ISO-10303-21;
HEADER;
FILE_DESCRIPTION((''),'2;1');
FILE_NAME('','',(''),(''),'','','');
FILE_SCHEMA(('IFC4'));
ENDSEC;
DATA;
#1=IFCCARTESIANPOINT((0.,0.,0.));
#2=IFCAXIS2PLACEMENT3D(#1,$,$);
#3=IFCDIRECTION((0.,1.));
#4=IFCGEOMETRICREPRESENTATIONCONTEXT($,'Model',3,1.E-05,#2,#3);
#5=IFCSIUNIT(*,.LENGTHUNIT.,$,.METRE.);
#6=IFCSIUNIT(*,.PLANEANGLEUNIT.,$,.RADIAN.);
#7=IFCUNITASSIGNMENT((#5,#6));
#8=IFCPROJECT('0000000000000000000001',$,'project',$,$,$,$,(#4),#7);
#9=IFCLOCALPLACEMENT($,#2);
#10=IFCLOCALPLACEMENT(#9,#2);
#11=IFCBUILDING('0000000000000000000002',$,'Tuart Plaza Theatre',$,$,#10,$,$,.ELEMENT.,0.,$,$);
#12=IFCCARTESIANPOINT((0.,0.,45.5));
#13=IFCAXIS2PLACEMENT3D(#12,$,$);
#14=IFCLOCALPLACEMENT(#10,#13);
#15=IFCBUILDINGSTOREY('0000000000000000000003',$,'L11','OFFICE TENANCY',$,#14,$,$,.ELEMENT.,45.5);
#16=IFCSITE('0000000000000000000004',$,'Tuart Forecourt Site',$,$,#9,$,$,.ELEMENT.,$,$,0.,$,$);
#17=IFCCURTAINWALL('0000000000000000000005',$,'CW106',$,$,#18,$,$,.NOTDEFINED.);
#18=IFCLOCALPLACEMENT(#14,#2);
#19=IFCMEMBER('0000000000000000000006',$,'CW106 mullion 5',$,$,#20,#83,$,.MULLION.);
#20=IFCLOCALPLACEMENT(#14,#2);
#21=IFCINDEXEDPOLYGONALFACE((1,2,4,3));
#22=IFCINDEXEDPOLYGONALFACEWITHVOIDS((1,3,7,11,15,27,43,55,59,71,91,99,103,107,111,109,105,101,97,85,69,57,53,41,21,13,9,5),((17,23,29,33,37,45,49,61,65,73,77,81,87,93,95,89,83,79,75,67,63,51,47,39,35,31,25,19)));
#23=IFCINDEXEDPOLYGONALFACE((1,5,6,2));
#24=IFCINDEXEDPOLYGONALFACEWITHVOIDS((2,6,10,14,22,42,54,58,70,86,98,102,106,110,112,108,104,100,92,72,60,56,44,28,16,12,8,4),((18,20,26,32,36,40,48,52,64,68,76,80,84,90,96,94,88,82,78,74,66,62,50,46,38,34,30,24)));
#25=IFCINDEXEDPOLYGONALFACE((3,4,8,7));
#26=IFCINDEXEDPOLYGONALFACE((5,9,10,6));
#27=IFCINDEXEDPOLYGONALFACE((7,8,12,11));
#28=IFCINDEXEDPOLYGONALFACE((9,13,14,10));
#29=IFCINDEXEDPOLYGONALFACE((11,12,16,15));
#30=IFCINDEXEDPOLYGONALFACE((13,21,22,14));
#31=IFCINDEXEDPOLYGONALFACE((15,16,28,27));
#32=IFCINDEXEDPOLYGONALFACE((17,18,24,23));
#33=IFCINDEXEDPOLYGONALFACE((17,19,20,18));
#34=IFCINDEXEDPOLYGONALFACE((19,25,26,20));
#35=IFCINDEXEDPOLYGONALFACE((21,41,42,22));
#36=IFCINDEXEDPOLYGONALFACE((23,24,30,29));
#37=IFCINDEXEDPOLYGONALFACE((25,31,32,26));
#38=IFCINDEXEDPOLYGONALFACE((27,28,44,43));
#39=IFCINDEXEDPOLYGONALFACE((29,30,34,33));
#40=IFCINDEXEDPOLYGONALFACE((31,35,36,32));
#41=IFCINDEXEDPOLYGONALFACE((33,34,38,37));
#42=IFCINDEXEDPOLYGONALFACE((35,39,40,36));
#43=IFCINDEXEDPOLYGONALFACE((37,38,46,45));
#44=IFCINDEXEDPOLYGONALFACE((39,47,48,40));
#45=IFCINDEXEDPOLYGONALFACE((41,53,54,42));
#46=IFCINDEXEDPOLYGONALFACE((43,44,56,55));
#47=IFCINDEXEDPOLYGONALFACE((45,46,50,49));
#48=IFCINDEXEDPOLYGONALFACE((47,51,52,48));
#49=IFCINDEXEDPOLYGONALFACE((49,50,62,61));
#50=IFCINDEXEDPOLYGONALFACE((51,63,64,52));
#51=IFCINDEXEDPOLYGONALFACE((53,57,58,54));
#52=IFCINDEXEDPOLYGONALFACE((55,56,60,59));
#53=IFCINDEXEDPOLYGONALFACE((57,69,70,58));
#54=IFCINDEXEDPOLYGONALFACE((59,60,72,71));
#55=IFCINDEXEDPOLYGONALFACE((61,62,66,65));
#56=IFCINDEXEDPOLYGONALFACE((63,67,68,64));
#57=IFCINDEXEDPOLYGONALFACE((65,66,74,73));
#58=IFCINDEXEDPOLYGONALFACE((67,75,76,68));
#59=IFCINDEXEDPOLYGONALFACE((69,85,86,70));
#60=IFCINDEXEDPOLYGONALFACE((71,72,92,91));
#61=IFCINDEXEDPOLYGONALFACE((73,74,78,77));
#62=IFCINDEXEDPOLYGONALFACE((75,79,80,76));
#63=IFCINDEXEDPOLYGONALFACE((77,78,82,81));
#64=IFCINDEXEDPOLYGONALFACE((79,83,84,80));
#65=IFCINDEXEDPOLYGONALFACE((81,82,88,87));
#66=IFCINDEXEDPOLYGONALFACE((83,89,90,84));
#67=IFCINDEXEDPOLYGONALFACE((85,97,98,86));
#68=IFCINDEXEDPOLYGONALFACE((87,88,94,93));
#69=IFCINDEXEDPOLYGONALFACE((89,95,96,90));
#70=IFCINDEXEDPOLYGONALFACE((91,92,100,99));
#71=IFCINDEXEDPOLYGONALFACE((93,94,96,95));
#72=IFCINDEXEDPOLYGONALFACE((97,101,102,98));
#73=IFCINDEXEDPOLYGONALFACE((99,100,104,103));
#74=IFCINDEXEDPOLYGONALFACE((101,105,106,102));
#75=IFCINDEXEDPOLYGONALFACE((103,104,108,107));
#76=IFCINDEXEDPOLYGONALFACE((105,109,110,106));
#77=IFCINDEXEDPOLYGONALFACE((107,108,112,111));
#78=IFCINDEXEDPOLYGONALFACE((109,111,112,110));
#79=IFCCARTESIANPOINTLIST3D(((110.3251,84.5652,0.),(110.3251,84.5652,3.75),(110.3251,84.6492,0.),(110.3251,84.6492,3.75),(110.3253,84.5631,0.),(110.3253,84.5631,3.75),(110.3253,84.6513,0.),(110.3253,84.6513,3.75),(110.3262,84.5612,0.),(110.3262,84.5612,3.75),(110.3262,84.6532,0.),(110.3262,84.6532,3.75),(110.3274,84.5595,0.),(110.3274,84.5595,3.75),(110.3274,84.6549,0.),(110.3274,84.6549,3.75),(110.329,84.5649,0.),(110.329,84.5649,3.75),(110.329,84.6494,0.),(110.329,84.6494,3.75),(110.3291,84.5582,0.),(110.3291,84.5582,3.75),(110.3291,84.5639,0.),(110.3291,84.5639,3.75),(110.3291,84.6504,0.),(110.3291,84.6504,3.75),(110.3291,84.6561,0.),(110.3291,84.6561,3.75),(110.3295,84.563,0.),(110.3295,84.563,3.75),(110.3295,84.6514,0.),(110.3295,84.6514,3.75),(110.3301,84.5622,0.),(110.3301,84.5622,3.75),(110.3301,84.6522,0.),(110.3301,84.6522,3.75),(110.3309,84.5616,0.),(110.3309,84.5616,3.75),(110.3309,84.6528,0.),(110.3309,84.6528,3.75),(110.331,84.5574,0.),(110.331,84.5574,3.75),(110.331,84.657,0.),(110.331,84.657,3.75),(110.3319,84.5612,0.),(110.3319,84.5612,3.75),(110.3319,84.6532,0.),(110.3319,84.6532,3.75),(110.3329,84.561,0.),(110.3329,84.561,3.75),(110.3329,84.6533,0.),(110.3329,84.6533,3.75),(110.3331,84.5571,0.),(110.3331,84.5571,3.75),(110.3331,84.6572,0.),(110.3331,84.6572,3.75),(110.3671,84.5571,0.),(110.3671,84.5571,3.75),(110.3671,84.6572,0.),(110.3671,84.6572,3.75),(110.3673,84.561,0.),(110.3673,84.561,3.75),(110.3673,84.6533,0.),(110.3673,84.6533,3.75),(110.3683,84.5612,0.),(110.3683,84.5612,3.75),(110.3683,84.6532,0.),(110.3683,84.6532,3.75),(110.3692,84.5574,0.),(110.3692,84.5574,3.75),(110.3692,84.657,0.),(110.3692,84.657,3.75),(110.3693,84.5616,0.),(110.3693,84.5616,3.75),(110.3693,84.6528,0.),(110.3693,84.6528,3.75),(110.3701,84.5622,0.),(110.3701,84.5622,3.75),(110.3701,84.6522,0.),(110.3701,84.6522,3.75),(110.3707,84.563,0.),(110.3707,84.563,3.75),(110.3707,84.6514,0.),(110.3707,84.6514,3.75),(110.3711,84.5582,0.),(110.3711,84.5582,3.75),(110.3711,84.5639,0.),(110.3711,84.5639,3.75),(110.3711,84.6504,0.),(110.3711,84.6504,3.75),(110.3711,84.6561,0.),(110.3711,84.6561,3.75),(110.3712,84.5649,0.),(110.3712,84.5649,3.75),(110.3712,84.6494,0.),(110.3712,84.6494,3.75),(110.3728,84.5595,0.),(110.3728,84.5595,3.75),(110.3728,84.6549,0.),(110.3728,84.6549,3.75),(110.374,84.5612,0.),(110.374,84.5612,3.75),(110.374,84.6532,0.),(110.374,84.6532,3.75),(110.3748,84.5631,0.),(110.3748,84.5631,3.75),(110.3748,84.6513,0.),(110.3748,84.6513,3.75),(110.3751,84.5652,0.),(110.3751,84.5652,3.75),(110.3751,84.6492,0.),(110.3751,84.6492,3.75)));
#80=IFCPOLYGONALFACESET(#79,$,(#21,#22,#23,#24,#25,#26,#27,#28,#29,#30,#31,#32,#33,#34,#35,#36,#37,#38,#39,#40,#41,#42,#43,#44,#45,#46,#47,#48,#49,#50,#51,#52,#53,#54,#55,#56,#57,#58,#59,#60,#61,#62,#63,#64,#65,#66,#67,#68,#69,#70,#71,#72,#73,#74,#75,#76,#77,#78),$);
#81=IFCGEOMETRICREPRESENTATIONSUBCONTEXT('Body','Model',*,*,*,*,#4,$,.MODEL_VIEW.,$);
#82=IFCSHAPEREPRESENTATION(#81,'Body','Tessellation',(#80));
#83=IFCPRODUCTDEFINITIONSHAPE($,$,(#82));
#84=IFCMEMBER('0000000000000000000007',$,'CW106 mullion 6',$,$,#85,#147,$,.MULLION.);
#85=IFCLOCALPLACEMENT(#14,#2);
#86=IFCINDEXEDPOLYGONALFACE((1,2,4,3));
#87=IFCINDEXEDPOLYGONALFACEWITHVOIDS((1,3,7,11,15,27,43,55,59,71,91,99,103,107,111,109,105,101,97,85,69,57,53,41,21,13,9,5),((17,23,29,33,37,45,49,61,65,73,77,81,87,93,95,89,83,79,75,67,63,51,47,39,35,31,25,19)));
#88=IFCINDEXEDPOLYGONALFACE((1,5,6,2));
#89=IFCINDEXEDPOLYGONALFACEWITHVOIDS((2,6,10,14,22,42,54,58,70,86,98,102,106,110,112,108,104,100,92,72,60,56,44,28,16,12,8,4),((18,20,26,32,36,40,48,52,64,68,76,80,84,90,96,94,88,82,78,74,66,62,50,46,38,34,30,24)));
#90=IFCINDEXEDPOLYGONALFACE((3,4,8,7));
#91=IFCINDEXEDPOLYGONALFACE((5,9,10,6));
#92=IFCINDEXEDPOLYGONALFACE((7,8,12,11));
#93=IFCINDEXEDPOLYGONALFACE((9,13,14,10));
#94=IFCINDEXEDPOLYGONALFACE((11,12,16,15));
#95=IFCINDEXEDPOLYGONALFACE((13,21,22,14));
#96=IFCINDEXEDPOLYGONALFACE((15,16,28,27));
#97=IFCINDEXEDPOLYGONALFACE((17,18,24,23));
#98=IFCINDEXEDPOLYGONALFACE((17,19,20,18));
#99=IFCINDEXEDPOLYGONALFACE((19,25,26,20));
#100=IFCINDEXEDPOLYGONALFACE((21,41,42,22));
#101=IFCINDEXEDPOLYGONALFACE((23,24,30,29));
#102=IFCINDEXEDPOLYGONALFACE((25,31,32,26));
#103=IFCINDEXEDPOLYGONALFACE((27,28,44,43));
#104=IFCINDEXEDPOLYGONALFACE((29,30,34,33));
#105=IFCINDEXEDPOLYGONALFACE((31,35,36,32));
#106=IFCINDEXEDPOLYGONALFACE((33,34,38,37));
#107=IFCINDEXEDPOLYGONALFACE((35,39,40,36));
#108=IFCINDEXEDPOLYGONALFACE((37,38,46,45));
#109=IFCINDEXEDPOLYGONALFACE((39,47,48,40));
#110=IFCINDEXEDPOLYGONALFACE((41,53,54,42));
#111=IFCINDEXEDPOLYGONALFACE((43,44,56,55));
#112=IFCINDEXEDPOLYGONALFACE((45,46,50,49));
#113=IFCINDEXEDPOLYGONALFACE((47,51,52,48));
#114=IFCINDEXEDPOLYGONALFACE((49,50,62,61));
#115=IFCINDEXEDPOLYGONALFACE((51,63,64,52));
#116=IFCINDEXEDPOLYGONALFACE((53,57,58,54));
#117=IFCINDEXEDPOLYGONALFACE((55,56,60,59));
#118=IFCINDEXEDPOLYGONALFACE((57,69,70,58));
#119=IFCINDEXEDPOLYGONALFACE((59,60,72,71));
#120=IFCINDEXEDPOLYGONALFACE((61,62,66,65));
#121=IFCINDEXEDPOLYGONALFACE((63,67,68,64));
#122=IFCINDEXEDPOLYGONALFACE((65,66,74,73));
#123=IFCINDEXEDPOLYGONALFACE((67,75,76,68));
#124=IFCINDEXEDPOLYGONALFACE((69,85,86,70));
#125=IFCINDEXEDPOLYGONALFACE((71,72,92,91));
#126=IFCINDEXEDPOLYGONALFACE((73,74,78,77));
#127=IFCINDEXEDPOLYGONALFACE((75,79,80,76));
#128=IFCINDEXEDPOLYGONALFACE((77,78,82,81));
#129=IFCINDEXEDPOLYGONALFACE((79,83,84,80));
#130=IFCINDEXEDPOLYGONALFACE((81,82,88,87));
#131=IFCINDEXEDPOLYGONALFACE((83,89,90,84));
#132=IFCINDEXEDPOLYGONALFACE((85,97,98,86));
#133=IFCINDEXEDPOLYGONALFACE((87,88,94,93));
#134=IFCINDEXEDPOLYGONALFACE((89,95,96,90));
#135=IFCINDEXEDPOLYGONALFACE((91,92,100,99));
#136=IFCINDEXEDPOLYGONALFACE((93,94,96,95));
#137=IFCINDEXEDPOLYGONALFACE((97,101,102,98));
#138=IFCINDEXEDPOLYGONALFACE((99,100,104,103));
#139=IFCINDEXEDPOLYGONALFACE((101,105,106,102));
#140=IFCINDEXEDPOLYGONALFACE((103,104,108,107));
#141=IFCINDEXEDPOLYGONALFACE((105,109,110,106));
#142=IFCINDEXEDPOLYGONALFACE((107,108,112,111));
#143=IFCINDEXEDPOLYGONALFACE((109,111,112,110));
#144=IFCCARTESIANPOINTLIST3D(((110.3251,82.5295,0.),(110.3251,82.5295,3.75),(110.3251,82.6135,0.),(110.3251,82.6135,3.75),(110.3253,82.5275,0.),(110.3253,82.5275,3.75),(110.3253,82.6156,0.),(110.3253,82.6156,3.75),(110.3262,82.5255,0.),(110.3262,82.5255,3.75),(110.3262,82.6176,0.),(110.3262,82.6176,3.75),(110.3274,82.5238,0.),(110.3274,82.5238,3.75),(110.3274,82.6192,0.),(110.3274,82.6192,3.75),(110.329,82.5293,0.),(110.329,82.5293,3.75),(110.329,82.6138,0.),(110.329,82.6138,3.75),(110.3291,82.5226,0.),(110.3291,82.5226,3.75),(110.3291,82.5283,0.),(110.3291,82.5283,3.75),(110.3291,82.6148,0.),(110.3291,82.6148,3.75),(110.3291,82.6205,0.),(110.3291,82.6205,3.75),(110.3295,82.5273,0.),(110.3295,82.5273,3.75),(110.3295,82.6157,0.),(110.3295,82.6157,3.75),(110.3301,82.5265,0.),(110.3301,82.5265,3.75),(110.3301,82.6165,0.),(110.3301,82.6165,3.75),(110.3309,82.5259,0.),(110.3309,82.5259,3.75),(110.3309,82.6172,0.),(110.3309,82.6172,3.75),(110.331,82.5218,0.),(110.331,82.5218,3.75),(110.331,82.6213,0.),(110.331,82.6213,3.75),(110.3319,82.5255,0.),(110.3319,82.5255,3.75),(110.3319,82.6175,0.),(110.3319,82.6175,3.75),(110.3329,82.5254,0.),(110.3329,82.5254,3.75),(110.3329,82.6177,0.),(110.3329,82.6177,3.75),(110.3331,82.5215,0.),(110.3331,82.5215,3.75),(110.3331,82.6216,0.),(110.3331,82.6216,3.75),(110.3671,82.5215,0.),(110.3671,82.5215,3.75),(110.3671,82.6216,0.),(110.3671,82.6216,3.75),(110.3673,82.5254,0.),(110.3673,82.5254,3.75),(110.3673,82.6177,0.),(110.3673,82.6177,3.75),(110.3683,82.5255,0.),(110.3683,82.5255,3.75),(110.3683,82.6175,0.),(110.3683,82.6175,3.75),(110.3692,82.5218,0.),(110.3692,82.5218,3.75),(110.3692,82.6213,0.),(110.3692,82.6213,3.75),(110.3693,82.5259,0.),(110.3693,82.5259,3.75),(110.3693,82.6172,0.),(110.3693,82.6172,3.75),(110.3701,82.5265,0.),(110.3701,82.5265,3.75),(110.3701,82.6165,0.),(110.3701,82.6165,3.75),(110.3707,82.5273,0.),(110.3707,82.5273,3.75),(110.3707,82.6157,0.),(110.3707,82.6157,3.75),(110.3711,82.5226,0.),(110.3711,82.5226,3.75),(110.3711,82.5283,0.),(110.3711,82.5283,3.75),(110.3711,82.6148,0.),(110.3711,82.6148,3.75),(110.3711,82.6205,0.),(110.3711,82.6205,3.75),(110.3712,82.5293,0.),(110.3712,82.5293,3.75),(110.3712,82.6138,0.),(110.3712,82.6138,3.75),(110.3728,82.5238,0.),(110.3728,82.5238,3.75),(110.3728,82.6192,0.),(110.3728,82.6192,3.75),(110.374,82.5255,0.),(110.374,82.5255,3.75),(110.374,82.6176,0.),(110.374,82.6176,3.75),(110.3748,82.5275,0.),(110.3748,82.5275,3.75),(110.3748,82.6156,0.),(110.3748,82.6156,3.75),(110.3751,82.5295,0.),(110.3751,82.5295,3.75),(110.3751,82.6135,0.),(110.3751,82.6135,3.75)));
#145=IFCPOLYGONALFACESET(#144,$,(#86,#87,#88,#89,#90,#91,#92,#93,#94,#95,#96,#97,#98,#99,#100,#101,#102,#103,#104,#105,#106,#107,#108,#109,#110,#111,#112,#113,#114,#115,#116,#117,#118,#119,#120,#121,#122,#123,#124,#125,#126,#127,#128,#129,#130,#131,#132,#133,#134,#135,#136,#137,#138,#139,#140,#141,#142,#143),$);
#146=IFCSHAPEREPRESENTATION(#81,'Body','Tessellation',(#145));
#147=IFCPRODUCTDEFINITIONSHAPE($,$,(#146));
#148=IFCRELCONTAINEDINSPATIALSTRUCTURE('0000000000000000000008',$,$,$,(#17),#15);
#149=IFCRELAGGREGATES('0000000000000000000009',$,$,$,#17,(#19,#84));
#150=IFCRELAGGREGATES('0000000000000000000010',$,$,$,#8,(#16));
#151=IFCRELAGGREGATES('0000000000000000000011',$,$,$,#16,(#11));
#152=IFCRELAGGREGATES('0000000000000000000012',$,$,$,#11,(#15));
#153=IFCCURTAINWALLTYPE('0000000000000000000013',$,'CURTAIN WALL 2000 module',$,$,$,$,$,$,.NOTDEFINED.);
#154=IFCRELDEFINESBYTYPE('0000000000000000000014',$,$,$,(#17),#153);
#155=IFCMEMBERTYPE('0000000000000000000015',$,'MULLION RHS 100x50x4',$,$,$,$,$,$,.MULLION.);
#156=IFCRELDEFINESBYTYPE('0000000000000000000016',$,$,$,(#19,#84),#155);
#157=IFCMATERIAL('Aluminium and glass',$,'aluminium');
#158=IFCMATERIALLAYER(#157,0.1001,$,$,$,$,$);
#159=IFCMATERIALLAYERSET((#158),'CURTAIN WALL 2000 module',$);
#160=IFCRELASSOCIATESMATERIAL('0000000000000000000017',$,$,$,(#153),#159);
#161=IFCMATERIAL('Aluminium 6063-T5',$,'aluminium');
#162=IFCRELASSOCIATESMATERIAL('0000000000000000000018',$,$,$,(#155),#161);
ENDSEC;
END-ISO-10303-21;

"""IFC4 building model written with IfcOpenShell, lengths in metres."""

from ifc_helpers import new_model, si_unit, direction, frame, origin, origin_2d, place, context, subcontext, project, spatial, hollow_rectangle, extrude, material, layer, layer_set, material_profile, profile_set, type_object, element, aggregate, save


model = new_model("IFC4")

# Units and contexts
model_context = context("Model", 3, precision=1e-05, world=origin(), true_north=direction((0.0, 1.0)))
body_context = subcontext(model_context, "Body", "Model", "MODEL_VIEW")
ifc_project = project(units=[si_unit("LENGTHUNIT", "METRE"), si_unit("PLANEANGLEUNIT", "RADIAN")], contexts=[model_context])

# Site, building, storey
site_placement = place(None, origin())
site = spatial("IfcSite", under=ifc_project, at=site_placement, Name="Tuart Forecourt Site", CompositionType="ELEMENT", RefElevation=0.0)
building_placement = place(site_placement, origin())
building = spatial("IfcBuilding", under=site, at=building_placement, Name="Tuart Plaza Theatre", CompositionType="ELEMENT", ElevationOfRefHeight=0.0)
storey_placement = place(building_placement, frame((0.0, 0.0, 45.5)))
storey = spatial("IfcBuildingStorey", under=building, at=storey_placement, Name="L11", Description="OFFICE TENANCY", CompositionType="ELEMENT", Elevation=45.5)

# Curtain wall, members
ifc_material_1 = material(Name="Aluminium and glass", Category="aluminium")
ifc_layer_1 = layer(ifc_material_1, 0.1001)
ifc_layer_set_1 = layer_set([ifc_layer_1], Name="CURTAIN WALL 2000 module")
curtain_wall_type = type_object("IfcCurtainWallType", Name="CURTAIN WALL 2000 module", PredefinedType="NOTDEFINED", material=ifc_layer_set_1)
curtain_wall_placement = place(storey_placement, origin())
curtain_wall = element("IfcCurtainWall", 1, at=curtain_wall_placement, inside=storey, type_object=curtain_wall_type, Name="CW106", PredefinedType="NOTDEFINED")
ifc_material_2 = material(Name="Aluminium 6063-T5", Category="aluminium")
ifc_material_profile_1 = material_profile(ifc_material_2, hollow_rectangle(XDim=0.05, YDim=0.1001, WallThickness=0.0039, InnerFilletRadius=0.0039, OuterFilletRadius=0.0081, at=origin_2d()), Name="RHS 100x50x4")
ifc_profile_set_1 = profile_set([ifc_material_profile_1], Name="Aluminium 6063-T5")
member_type_1 = type_object("IfcMemberType", Name="MULLION RHS 100x50x4", PredefinedType="MULLION", material=ifc_profile_set_1)
member_1_placement = place(storey_placement, frame((110.3501, 84.6072, 0.0), z_axis=(0.0, 0.0, 1.0), x_axis=(1.0, 0.0, 0.0)))
member_1 = element("IfcMember", 2, at=member_1_placement, type_object=member_type_1, Name="CW106 mullion 5", PredefinedType="MULLION", context=body_context, shape_type="SweptSolid", body=[
    extrude(hollow_rectangle(XDim=0.05, YDim=0.1001, WallThickness=0.0039, InnerFilletRadius=0.0039, OuterFilletRadius=0.0081, at=origin_2d()), origin(), (0.0, 0.0, 1.0), 3.75),
])
member_2_placement = place(storey_placement, frame((110.3501, 82.5715, 0.0), z_axis=(0.0, 0.0, 1.0), x_axis=(1.0, 0.0, 0.0)))
member_2 = element("IfcMember", 3, at=member_2_placement, type_object=member_type_1, Name="CW106 mullion 6", PredefinedType="MULLION", context=body_context, shape_type="SweptSolid", body=[
    extrude(hollow_rectangle(XDim=0.05, YDim=0.1001, WallThickness=0.0039, InnerFilletRadius=0.0039, OuterFilletRadius=0.0081, at=origin_2d()), origin(), (0.0, 0.0, 1.0), 3.75),
])
aggregate(curtain_wall, [member_1, member_2])

save(model, "model.ifc")
